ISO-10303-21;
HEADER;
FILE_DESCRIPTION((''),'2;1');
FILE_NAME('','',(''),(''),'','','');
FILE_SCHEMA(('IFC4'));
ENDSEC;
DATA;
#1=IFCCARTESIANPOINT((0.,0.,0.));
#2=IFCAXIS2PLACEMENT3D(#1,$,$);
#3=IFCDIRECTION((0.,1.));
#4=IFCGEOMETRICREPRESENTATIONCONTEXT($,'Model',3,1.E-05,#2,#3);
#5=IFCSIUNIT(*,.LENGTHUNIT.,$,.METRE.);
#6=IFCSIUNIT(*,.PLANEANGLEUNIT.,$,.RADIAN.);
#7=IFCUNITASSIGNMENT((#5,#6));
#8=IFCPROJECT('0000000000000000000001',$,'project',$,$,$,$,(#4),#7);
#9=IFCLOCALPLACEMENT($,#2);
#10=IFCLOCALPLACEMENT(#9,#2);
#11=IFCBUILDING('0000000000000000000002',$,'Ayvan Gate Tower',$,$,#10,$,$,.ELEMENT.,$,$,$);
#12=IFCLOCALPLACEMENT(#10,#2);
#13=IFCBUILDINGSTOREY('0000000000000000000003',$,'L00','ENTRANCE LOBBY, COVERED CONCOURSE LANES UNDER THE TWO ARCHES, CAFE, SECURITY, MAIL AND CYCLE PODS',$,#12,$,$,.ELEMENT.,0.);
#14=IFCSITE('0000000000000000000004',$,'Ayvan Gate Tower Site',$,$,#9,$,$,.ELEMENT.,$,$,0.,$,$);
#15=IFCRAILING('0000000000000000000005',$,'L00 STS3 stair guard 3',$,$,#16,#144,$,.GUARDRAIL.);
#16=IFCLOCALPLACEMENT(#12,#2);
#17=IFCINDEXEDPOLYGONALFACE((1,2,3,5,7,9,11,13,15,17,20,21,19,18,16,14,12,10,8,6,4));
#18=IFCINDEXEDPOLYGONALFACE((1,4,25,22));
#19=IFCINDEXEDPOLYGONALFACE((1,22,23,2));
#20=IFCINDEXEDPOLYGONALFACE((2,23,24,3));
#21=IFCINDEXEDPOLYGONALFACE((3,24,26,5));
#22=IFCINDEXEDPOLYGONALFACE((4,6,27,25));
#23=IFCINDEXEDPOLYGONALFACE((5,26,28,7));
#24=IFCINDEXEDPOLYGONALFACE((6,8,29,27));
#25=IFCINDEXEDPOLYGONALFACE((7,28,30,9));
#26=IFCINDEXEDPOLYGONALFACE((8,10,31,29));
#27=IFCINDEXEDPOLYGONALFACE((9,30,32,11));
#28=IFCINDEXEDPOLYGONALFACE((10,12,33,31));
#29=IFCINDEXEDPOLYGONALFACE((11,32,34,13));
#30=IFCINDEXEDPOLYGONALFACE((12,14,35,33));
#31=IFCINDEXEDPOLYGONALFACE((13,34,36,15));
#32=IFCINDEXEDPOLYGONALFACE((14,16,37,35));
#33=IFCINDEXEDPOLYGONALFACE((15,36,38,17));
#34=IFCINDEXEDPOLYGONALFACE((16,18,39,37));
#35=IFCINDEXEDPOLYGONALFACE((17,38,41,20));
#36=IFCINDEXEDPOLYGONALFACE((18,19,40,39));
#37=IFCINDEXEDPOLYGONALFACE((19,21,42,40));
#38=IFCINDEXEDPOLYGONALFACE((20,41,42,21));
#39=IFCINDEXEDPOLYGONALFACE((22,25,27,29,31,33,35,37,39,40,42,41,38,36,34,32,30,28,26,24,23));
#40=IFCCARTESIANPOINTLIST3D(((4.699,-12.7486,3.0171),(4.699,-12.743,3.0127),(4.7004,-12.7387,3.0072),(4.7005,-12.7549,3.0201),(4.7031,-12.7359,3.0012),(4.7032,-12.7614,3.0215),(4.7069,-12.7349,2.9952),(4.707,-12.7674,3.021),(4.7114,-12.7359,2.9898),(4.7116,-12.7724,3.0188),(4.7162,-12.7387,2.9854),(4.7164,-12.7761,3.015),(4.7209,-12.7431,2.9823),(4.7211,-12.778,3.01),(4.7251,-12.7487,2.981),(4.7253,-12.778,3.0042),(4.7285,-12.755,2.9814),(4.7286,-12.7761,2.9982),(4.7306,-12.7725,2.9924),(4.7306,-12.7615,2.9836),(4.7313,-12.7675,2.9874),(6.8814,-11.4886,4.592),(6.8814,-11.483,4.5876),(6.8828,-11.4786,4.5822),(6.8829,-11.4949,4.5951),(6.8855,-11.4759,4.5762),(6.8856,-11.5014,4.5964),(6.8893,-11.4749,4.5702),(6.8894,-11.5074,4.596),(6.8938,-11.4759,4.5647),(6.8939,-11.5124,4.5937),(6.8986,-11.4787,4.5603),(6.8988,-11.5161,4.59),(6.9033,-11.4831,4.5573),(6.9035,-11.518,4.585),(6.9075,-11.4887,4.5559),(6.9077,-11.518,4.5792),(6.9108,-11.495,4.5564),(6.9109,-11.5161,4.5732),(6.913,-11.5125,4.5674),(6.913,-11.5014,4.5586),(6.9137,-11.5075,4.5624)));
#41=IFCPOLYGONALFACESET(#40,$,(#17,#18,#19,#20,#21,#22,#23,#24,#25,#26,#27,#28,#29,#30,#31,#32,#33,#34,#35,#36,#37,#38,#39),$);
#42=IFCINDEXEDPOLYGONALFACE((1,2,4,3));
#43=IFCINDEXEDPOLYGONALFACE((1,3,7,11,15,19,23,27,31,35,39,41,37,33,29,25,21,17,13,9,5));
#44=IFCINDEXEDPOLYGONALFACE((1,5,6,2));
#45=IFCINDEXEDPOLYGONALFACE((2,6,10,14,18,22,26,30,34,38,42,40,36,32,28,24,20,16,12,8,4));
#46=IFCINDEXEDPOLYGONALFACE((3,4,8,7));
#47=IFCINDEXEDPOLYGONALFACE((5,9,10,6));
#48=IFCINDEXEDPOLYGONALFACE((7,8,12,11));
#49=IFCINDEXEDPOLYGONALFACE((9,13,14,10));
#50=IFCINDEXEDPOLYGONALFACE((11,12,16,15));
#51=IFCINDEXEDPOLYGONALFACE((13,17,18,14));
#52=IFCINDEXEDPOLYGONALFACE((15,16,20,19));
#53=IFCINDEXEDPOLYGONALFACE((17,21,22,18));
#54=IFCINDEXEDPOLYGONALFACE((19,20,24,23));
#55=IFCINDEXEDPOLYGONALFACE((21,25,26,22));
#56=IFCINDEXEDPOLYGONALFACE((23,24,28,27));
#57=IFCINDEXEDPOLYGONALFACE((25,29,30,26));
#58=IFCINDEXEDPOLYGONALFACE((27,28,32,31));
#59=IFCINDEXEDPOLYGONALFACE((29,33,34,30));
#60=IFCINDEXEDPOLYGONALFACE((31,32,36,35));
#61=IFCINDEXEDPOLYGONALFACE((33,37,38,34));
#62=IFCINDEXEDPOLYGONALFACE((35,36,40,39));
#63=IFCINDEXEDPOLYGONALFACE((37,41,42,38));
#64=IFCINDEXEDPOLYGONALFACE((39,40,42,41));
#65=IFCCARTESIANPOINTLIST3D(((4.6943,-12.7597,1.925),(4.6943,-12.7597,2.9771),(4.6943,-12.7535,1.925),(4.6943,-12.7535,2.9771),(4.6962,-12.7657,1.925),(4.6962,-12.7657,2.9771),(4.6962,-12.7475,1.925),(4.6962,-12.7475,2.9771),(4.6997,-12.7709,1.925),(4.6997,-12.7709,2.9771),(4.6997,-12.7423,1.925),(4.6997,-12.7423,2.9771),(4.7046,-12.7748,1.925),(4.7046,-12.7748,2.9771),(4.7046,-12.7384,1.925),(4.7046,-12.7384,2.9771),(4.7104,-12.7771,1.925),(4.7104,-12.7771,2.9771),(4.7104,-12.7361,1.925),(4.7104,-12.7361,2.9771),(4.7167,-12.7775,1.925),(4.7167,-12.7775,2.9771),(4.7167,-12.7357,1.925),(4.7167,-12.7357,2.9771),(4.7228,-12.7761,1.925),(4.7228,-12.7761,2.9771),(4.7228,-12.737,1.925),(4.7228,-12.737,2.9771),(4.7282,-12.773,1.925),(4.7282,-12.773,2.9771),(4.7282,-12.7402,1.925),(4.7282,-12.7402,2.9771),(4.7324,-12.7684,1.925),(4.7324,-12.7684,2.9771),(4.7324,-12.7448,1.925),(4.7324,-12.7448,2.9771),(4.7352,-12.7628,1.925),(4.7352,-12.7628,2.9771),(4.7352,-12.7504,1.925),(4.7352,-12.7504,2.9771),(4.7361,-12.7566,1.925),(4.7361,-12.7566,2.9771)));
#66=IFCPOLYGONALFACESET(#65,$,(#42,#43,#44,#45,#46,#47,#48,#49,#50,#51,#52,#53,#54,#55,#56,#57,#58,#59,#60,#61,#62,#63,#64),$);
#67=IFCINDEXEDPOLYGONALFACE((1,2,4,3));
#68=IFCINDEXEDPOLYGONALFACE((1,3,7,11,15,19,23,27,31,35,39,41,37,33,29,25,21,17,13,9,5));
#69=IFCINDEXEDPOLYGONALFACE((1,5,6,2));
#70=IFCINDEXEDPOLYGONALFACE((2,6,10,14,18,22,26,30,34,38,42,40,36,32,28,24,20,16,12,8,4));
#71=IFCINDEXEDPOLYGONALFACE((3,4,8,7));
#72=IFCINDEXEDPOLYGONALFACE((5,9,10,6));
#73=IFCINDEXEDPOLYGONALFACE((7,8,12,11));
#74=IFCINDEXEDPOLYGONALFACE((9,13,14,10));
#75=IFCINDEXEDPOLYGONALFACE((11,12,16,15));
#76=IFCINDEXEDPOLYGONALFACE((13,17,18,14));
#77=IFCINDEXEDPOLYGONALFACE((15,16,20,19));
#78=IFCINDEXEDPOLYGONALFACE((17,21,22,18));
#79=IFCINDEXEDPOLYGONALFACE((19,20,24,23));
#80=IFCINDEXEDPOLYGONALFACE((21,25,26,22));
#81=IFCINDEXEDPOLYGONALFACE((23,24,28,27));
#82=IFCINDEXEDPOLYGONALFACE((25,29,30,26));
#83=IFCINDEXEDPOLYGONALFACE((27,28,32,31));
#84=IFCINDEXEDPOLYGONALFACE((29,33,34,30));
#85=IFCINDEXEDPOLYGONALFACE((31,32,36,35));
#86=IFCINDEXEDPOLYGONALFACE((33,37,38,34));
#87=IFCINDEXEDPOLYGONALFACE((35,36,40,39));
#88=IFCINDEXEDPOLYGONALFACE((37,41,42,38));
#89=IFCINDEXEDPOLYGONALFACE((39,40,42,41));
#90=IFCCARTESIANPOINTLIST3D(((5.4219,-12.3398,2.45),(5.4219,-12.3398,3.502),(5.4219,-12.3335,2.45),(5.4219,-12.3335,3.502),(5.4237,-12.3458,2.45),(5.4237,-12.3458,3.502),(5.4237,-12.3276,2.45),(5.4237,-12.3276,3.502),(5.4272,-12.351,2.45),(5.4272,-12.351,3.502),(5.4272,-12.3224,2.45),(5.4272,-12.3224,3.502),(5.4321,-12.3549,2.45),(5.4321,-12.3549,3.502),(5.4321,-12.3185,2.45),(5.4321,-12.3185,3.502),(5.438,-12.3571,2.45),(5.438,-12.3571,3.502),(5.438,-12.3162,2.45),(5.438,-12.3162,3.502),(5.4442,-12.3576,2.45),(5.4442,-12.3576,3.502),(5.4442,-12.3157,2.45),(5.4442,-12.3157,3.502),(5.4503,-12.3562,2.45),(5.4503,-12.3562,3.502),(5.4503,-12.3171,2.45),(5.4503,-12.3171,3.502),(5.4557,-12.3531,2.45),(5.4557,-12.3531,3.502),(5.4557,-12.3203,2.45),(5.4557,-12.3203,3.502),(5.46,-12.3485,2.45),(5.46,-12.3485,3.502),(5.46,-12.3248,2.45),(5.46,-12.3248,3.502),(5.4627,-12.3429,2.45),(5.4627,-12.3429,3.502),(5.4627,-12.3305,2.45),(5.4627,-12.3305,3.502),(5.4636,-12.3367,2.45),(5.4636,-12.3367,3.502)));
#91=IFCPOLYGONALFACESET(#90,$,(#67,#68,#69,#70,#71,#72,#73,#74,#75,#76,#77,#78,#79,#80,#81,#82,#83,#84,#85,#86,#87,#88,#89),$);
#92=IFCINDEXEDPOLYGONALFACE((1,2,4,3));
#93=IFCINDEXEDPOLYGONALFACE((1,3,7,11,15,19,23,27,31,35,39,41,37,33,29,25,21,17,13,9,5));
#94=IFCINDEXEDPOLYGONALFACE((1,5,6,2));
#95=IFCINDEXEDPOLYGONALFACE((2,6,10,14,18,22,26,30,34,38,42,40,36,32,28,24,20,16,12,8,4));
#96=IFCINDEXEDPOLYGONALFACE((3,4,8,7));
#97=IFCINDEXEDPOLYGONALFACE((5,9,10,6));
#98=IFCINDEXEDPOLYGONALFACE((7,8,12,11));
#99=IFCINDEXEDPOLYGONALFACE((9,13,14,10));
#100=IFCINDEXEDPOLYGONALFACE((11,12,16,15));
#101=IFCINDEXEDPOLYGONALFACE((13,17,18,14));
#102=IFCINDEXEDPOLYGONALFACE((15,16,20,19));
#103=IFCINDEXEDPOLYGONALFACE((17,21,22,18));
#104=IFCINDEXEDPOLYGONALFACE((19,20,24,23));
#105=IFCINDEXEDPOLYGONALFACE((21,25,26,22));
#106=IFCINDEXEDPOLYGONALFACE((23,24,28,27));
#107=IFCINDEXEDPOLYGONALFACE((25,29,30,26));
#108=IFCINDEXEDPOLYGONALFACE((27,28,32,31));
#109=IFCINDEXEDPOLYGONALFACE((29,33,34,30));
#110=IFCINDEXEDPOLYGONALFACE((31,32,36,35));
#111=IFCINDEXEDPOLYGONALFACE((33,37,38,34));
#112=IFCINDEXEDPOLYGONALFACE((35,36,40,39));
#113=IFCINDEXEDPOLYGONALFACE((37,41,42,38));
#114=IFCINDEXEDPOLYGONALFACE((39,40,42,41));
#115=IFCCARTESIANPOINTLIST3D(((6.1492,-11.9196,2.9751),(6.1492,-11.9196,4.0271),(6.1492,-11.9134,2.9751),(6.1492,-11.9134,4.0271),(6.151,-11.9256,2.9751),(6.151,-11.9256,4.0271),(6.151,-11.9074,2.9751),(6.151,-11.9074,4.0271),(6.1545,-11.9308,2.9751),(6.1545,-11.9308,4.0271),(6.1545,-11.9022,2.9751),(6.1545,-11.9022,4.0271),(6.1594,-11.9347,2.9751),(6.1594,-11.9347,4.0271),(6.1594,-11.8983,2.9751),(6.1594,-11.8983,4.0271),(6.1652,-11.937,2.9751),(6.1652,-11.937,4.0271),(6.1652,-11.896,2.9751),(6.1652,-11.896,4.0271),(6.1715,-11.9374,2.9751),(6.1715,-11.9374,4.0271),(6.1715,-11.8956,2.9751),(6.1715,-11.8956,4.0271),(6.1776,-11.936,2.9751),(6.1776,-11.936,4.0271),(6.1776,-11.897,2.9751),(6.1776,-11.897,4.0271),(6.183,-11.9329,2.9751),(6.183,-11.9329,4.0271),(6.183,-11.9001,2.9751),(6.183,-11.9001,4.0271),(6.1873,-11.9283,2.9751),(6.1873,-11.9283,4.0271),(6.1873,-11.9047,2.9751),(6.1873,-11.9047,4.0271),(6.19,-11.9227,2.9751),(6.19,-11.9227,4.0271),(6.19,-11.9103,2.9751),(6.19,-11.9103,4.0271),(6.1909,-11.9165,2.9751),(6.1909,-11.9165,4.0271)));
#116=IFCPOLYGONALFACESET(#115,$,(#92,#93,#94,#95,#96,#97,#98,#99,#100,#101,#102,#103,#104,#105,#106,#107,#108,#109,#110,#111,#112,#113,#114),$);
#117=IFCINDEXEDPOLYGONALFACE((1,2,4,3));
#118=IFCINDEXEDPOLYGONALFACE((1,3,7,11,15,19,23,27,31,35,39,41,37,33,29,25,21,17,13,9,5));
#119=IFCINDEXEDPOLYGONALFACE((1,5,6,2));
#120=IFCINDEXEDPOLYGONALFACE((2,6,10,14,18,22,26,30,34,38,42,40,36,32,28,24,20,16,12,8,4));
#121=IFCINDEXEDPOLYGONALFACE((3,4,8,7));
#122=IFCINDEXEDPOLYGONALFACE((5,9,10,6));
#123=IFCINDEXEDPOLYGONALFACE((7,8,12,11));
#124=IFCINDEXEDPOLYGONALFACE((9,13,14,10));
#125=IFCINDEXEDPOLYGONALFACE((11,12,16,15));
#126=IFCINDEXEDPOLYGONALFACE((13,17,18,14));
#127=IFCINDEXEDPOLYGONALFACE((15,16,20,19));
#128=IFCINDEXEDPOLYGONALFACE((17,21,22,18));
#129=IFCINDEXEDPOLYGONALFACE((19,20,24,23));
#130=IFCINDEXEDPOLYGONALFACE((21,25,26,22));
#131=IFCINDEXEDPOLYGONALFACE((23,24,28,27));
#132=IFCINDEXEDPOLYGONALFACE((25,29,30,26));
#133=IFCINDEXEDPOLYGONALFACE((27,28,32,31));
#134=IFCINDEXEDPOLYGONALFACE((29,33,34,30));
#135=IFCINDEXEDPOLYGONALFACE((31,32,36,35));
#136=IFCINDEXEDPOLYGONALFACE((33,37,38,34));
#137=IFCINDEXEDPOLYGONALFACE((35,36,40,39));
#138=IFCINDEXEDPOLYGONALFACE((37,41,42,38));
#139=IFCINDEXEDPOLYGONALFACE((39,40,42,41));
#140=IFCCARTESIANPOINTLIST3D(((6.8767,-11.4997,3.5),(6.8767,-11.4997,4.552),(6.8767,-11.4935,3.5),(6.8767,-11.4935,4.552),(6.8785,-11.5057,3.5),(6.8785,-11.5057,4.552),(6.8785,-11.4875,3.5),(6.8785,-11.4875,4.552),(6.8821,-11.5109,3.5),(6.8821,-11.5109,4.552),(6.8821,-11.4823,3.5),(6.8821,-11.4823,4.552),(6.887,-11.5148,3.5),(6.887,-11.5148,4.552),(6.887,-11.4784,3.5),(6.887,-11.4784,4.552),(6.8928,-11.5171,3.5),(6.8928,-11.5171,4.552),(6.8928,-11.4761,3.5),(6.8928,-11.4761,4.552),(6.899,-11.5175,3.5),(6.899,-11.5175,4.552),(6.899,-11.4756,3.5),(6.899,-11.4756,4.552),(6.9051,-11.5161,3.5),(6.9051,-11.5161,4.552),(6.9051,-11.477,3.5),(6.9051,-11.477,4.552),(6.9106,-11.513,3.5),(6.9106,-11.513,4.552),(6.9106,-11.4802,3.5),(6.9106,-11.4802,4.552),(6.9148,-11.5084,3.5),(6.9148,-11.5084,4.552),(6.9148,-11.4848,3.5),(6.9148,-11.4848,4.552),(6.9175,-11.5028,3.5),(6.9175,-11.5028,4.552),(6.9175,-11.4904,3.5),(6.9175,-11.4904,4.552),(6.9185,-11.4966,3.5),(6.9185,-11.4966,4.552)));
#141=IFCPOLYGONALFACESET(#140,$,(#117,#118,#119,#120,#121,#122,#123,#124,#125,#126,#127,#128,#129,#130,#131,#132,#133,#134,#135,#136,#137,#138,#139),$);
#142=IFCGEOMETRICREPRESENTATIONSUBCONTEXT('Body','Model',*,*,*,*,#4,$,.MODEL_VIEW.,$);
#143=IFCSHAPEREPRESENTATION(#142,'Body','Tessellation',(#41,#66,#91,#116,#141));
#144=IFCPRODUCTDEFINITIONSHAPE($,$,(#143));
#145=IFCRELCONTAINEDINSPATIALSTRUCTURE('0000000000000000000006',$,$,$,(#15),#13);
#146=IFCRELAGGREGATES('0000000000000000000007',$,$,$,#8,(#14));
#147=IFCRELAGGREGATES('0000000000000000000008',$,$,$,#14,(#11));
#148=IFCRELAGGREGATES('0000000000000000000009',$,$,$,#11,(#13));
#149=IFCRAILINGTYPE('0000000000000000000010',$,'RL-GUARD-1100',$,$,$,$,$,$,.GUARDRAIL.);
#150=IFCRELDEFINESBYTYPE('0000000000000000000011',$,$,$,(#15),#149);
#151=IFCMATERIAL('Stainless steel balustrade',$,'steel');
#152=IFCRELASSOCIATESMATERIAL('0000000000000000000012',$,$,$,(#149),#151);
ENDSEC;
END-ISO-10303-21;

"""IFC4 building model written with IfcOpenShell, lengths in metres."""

from ifc_helpers import new_model, si_unit, direction, frame, origin, origin_2d, place, context, subcontext, project, spatial, circle, extrude, material, type_object, element, save


model = new_model("IFC4")

# Units and contexts
model_context = context("Model", 3, precision=1e-05, world=origin(), true_north=direction((0.0, 1.0)))
body_context = subcontext(model_context, "Body", "Model", "MODEL_VIEW")
ifc_project = project(units=[si_unit("LENGTHUNIT", "METRE"), si_unit("PLANEANGLEUNIT", "RADIAN")], contexts=[model_context])

# Site, building, storey
site_placement = place(None, origin())
site = spatial("IfcSite", under=ifc_project, at=site_placement, Name="Ayvan Gate Tower Site", CompositionType="ELEMENT", RefElevation=0.0)
building_placement = place(site_placement, origin())
building = spatial("IfcBuilding", under=site, at=building_placement, Name="Ayvan Gate Tower", CompositionType="ELEMENT")
storey_placement = place(building_placement, origin())
storey = spatial("IfcBuildingStorey", under=building, at=storey_placement, Name="L00", Description="ENTRANCE LOBBY, COVERED CONCOURSE LANES UNDER THE TWO ARCHES, CAFE, SECURITY, MAIL AND CYCLE PODS", CompositionType="ELEMENT", Elevation=0.0)

# Railing
ifc_material_1 = material(Name="Stainless steel balustrade", Category="steel")
railing_type_1 = type_object("IfcRailingType", Name="RL-GUARD-1100", PredefinedType="GUARDRAIL", material=ifc_material_1)
for number, where, name in (
    (1, (4.7151, -12.7566, 1.925), "L00 STS3 stair guard 3"),
):
    element("IfcRailing", number, at=place(storey_placement, frame(where)), inside=storey, type_object=railing_type_1, Name=name, PredefinedType="GUARDRAIL", context=body_context, shape_type="SweptSolid", body=[
        extrude(circle(Radius=0.0239, at=origin_2d()), frame((0.0, 0.0, 1.0762), z_axis=(0.734392, 0.424007, 0.529988), x_axis=(-0.500005, 0.866023, 0.0)), (0.0, 0.0, 1.0), 2.9717),
        extrude(circle(Radius=0.021, at=origin_2d()), origin(), (0.0, 0.0, 1.0), 1.052),
        extrude(circle(Radius=0.021, at=origin_2d()), frame((0.7275, 0.4199, 0.5249)), (0.0, 0.0, 1.0), 1.052),
        extrude(circle(Radius=0.021, at=origin_2d()), frame((1.4548, 0.8401, 1.05)), (0.0, 0.0, 1.0), 1.052),
        extrude(circle(Radius=0.021, at=origin_2d()), frame((2.1824, 1.26, 1.575)), (0.0, 0.0, 1.0), 1.052),
    ])

save(model, "model.ifc")
